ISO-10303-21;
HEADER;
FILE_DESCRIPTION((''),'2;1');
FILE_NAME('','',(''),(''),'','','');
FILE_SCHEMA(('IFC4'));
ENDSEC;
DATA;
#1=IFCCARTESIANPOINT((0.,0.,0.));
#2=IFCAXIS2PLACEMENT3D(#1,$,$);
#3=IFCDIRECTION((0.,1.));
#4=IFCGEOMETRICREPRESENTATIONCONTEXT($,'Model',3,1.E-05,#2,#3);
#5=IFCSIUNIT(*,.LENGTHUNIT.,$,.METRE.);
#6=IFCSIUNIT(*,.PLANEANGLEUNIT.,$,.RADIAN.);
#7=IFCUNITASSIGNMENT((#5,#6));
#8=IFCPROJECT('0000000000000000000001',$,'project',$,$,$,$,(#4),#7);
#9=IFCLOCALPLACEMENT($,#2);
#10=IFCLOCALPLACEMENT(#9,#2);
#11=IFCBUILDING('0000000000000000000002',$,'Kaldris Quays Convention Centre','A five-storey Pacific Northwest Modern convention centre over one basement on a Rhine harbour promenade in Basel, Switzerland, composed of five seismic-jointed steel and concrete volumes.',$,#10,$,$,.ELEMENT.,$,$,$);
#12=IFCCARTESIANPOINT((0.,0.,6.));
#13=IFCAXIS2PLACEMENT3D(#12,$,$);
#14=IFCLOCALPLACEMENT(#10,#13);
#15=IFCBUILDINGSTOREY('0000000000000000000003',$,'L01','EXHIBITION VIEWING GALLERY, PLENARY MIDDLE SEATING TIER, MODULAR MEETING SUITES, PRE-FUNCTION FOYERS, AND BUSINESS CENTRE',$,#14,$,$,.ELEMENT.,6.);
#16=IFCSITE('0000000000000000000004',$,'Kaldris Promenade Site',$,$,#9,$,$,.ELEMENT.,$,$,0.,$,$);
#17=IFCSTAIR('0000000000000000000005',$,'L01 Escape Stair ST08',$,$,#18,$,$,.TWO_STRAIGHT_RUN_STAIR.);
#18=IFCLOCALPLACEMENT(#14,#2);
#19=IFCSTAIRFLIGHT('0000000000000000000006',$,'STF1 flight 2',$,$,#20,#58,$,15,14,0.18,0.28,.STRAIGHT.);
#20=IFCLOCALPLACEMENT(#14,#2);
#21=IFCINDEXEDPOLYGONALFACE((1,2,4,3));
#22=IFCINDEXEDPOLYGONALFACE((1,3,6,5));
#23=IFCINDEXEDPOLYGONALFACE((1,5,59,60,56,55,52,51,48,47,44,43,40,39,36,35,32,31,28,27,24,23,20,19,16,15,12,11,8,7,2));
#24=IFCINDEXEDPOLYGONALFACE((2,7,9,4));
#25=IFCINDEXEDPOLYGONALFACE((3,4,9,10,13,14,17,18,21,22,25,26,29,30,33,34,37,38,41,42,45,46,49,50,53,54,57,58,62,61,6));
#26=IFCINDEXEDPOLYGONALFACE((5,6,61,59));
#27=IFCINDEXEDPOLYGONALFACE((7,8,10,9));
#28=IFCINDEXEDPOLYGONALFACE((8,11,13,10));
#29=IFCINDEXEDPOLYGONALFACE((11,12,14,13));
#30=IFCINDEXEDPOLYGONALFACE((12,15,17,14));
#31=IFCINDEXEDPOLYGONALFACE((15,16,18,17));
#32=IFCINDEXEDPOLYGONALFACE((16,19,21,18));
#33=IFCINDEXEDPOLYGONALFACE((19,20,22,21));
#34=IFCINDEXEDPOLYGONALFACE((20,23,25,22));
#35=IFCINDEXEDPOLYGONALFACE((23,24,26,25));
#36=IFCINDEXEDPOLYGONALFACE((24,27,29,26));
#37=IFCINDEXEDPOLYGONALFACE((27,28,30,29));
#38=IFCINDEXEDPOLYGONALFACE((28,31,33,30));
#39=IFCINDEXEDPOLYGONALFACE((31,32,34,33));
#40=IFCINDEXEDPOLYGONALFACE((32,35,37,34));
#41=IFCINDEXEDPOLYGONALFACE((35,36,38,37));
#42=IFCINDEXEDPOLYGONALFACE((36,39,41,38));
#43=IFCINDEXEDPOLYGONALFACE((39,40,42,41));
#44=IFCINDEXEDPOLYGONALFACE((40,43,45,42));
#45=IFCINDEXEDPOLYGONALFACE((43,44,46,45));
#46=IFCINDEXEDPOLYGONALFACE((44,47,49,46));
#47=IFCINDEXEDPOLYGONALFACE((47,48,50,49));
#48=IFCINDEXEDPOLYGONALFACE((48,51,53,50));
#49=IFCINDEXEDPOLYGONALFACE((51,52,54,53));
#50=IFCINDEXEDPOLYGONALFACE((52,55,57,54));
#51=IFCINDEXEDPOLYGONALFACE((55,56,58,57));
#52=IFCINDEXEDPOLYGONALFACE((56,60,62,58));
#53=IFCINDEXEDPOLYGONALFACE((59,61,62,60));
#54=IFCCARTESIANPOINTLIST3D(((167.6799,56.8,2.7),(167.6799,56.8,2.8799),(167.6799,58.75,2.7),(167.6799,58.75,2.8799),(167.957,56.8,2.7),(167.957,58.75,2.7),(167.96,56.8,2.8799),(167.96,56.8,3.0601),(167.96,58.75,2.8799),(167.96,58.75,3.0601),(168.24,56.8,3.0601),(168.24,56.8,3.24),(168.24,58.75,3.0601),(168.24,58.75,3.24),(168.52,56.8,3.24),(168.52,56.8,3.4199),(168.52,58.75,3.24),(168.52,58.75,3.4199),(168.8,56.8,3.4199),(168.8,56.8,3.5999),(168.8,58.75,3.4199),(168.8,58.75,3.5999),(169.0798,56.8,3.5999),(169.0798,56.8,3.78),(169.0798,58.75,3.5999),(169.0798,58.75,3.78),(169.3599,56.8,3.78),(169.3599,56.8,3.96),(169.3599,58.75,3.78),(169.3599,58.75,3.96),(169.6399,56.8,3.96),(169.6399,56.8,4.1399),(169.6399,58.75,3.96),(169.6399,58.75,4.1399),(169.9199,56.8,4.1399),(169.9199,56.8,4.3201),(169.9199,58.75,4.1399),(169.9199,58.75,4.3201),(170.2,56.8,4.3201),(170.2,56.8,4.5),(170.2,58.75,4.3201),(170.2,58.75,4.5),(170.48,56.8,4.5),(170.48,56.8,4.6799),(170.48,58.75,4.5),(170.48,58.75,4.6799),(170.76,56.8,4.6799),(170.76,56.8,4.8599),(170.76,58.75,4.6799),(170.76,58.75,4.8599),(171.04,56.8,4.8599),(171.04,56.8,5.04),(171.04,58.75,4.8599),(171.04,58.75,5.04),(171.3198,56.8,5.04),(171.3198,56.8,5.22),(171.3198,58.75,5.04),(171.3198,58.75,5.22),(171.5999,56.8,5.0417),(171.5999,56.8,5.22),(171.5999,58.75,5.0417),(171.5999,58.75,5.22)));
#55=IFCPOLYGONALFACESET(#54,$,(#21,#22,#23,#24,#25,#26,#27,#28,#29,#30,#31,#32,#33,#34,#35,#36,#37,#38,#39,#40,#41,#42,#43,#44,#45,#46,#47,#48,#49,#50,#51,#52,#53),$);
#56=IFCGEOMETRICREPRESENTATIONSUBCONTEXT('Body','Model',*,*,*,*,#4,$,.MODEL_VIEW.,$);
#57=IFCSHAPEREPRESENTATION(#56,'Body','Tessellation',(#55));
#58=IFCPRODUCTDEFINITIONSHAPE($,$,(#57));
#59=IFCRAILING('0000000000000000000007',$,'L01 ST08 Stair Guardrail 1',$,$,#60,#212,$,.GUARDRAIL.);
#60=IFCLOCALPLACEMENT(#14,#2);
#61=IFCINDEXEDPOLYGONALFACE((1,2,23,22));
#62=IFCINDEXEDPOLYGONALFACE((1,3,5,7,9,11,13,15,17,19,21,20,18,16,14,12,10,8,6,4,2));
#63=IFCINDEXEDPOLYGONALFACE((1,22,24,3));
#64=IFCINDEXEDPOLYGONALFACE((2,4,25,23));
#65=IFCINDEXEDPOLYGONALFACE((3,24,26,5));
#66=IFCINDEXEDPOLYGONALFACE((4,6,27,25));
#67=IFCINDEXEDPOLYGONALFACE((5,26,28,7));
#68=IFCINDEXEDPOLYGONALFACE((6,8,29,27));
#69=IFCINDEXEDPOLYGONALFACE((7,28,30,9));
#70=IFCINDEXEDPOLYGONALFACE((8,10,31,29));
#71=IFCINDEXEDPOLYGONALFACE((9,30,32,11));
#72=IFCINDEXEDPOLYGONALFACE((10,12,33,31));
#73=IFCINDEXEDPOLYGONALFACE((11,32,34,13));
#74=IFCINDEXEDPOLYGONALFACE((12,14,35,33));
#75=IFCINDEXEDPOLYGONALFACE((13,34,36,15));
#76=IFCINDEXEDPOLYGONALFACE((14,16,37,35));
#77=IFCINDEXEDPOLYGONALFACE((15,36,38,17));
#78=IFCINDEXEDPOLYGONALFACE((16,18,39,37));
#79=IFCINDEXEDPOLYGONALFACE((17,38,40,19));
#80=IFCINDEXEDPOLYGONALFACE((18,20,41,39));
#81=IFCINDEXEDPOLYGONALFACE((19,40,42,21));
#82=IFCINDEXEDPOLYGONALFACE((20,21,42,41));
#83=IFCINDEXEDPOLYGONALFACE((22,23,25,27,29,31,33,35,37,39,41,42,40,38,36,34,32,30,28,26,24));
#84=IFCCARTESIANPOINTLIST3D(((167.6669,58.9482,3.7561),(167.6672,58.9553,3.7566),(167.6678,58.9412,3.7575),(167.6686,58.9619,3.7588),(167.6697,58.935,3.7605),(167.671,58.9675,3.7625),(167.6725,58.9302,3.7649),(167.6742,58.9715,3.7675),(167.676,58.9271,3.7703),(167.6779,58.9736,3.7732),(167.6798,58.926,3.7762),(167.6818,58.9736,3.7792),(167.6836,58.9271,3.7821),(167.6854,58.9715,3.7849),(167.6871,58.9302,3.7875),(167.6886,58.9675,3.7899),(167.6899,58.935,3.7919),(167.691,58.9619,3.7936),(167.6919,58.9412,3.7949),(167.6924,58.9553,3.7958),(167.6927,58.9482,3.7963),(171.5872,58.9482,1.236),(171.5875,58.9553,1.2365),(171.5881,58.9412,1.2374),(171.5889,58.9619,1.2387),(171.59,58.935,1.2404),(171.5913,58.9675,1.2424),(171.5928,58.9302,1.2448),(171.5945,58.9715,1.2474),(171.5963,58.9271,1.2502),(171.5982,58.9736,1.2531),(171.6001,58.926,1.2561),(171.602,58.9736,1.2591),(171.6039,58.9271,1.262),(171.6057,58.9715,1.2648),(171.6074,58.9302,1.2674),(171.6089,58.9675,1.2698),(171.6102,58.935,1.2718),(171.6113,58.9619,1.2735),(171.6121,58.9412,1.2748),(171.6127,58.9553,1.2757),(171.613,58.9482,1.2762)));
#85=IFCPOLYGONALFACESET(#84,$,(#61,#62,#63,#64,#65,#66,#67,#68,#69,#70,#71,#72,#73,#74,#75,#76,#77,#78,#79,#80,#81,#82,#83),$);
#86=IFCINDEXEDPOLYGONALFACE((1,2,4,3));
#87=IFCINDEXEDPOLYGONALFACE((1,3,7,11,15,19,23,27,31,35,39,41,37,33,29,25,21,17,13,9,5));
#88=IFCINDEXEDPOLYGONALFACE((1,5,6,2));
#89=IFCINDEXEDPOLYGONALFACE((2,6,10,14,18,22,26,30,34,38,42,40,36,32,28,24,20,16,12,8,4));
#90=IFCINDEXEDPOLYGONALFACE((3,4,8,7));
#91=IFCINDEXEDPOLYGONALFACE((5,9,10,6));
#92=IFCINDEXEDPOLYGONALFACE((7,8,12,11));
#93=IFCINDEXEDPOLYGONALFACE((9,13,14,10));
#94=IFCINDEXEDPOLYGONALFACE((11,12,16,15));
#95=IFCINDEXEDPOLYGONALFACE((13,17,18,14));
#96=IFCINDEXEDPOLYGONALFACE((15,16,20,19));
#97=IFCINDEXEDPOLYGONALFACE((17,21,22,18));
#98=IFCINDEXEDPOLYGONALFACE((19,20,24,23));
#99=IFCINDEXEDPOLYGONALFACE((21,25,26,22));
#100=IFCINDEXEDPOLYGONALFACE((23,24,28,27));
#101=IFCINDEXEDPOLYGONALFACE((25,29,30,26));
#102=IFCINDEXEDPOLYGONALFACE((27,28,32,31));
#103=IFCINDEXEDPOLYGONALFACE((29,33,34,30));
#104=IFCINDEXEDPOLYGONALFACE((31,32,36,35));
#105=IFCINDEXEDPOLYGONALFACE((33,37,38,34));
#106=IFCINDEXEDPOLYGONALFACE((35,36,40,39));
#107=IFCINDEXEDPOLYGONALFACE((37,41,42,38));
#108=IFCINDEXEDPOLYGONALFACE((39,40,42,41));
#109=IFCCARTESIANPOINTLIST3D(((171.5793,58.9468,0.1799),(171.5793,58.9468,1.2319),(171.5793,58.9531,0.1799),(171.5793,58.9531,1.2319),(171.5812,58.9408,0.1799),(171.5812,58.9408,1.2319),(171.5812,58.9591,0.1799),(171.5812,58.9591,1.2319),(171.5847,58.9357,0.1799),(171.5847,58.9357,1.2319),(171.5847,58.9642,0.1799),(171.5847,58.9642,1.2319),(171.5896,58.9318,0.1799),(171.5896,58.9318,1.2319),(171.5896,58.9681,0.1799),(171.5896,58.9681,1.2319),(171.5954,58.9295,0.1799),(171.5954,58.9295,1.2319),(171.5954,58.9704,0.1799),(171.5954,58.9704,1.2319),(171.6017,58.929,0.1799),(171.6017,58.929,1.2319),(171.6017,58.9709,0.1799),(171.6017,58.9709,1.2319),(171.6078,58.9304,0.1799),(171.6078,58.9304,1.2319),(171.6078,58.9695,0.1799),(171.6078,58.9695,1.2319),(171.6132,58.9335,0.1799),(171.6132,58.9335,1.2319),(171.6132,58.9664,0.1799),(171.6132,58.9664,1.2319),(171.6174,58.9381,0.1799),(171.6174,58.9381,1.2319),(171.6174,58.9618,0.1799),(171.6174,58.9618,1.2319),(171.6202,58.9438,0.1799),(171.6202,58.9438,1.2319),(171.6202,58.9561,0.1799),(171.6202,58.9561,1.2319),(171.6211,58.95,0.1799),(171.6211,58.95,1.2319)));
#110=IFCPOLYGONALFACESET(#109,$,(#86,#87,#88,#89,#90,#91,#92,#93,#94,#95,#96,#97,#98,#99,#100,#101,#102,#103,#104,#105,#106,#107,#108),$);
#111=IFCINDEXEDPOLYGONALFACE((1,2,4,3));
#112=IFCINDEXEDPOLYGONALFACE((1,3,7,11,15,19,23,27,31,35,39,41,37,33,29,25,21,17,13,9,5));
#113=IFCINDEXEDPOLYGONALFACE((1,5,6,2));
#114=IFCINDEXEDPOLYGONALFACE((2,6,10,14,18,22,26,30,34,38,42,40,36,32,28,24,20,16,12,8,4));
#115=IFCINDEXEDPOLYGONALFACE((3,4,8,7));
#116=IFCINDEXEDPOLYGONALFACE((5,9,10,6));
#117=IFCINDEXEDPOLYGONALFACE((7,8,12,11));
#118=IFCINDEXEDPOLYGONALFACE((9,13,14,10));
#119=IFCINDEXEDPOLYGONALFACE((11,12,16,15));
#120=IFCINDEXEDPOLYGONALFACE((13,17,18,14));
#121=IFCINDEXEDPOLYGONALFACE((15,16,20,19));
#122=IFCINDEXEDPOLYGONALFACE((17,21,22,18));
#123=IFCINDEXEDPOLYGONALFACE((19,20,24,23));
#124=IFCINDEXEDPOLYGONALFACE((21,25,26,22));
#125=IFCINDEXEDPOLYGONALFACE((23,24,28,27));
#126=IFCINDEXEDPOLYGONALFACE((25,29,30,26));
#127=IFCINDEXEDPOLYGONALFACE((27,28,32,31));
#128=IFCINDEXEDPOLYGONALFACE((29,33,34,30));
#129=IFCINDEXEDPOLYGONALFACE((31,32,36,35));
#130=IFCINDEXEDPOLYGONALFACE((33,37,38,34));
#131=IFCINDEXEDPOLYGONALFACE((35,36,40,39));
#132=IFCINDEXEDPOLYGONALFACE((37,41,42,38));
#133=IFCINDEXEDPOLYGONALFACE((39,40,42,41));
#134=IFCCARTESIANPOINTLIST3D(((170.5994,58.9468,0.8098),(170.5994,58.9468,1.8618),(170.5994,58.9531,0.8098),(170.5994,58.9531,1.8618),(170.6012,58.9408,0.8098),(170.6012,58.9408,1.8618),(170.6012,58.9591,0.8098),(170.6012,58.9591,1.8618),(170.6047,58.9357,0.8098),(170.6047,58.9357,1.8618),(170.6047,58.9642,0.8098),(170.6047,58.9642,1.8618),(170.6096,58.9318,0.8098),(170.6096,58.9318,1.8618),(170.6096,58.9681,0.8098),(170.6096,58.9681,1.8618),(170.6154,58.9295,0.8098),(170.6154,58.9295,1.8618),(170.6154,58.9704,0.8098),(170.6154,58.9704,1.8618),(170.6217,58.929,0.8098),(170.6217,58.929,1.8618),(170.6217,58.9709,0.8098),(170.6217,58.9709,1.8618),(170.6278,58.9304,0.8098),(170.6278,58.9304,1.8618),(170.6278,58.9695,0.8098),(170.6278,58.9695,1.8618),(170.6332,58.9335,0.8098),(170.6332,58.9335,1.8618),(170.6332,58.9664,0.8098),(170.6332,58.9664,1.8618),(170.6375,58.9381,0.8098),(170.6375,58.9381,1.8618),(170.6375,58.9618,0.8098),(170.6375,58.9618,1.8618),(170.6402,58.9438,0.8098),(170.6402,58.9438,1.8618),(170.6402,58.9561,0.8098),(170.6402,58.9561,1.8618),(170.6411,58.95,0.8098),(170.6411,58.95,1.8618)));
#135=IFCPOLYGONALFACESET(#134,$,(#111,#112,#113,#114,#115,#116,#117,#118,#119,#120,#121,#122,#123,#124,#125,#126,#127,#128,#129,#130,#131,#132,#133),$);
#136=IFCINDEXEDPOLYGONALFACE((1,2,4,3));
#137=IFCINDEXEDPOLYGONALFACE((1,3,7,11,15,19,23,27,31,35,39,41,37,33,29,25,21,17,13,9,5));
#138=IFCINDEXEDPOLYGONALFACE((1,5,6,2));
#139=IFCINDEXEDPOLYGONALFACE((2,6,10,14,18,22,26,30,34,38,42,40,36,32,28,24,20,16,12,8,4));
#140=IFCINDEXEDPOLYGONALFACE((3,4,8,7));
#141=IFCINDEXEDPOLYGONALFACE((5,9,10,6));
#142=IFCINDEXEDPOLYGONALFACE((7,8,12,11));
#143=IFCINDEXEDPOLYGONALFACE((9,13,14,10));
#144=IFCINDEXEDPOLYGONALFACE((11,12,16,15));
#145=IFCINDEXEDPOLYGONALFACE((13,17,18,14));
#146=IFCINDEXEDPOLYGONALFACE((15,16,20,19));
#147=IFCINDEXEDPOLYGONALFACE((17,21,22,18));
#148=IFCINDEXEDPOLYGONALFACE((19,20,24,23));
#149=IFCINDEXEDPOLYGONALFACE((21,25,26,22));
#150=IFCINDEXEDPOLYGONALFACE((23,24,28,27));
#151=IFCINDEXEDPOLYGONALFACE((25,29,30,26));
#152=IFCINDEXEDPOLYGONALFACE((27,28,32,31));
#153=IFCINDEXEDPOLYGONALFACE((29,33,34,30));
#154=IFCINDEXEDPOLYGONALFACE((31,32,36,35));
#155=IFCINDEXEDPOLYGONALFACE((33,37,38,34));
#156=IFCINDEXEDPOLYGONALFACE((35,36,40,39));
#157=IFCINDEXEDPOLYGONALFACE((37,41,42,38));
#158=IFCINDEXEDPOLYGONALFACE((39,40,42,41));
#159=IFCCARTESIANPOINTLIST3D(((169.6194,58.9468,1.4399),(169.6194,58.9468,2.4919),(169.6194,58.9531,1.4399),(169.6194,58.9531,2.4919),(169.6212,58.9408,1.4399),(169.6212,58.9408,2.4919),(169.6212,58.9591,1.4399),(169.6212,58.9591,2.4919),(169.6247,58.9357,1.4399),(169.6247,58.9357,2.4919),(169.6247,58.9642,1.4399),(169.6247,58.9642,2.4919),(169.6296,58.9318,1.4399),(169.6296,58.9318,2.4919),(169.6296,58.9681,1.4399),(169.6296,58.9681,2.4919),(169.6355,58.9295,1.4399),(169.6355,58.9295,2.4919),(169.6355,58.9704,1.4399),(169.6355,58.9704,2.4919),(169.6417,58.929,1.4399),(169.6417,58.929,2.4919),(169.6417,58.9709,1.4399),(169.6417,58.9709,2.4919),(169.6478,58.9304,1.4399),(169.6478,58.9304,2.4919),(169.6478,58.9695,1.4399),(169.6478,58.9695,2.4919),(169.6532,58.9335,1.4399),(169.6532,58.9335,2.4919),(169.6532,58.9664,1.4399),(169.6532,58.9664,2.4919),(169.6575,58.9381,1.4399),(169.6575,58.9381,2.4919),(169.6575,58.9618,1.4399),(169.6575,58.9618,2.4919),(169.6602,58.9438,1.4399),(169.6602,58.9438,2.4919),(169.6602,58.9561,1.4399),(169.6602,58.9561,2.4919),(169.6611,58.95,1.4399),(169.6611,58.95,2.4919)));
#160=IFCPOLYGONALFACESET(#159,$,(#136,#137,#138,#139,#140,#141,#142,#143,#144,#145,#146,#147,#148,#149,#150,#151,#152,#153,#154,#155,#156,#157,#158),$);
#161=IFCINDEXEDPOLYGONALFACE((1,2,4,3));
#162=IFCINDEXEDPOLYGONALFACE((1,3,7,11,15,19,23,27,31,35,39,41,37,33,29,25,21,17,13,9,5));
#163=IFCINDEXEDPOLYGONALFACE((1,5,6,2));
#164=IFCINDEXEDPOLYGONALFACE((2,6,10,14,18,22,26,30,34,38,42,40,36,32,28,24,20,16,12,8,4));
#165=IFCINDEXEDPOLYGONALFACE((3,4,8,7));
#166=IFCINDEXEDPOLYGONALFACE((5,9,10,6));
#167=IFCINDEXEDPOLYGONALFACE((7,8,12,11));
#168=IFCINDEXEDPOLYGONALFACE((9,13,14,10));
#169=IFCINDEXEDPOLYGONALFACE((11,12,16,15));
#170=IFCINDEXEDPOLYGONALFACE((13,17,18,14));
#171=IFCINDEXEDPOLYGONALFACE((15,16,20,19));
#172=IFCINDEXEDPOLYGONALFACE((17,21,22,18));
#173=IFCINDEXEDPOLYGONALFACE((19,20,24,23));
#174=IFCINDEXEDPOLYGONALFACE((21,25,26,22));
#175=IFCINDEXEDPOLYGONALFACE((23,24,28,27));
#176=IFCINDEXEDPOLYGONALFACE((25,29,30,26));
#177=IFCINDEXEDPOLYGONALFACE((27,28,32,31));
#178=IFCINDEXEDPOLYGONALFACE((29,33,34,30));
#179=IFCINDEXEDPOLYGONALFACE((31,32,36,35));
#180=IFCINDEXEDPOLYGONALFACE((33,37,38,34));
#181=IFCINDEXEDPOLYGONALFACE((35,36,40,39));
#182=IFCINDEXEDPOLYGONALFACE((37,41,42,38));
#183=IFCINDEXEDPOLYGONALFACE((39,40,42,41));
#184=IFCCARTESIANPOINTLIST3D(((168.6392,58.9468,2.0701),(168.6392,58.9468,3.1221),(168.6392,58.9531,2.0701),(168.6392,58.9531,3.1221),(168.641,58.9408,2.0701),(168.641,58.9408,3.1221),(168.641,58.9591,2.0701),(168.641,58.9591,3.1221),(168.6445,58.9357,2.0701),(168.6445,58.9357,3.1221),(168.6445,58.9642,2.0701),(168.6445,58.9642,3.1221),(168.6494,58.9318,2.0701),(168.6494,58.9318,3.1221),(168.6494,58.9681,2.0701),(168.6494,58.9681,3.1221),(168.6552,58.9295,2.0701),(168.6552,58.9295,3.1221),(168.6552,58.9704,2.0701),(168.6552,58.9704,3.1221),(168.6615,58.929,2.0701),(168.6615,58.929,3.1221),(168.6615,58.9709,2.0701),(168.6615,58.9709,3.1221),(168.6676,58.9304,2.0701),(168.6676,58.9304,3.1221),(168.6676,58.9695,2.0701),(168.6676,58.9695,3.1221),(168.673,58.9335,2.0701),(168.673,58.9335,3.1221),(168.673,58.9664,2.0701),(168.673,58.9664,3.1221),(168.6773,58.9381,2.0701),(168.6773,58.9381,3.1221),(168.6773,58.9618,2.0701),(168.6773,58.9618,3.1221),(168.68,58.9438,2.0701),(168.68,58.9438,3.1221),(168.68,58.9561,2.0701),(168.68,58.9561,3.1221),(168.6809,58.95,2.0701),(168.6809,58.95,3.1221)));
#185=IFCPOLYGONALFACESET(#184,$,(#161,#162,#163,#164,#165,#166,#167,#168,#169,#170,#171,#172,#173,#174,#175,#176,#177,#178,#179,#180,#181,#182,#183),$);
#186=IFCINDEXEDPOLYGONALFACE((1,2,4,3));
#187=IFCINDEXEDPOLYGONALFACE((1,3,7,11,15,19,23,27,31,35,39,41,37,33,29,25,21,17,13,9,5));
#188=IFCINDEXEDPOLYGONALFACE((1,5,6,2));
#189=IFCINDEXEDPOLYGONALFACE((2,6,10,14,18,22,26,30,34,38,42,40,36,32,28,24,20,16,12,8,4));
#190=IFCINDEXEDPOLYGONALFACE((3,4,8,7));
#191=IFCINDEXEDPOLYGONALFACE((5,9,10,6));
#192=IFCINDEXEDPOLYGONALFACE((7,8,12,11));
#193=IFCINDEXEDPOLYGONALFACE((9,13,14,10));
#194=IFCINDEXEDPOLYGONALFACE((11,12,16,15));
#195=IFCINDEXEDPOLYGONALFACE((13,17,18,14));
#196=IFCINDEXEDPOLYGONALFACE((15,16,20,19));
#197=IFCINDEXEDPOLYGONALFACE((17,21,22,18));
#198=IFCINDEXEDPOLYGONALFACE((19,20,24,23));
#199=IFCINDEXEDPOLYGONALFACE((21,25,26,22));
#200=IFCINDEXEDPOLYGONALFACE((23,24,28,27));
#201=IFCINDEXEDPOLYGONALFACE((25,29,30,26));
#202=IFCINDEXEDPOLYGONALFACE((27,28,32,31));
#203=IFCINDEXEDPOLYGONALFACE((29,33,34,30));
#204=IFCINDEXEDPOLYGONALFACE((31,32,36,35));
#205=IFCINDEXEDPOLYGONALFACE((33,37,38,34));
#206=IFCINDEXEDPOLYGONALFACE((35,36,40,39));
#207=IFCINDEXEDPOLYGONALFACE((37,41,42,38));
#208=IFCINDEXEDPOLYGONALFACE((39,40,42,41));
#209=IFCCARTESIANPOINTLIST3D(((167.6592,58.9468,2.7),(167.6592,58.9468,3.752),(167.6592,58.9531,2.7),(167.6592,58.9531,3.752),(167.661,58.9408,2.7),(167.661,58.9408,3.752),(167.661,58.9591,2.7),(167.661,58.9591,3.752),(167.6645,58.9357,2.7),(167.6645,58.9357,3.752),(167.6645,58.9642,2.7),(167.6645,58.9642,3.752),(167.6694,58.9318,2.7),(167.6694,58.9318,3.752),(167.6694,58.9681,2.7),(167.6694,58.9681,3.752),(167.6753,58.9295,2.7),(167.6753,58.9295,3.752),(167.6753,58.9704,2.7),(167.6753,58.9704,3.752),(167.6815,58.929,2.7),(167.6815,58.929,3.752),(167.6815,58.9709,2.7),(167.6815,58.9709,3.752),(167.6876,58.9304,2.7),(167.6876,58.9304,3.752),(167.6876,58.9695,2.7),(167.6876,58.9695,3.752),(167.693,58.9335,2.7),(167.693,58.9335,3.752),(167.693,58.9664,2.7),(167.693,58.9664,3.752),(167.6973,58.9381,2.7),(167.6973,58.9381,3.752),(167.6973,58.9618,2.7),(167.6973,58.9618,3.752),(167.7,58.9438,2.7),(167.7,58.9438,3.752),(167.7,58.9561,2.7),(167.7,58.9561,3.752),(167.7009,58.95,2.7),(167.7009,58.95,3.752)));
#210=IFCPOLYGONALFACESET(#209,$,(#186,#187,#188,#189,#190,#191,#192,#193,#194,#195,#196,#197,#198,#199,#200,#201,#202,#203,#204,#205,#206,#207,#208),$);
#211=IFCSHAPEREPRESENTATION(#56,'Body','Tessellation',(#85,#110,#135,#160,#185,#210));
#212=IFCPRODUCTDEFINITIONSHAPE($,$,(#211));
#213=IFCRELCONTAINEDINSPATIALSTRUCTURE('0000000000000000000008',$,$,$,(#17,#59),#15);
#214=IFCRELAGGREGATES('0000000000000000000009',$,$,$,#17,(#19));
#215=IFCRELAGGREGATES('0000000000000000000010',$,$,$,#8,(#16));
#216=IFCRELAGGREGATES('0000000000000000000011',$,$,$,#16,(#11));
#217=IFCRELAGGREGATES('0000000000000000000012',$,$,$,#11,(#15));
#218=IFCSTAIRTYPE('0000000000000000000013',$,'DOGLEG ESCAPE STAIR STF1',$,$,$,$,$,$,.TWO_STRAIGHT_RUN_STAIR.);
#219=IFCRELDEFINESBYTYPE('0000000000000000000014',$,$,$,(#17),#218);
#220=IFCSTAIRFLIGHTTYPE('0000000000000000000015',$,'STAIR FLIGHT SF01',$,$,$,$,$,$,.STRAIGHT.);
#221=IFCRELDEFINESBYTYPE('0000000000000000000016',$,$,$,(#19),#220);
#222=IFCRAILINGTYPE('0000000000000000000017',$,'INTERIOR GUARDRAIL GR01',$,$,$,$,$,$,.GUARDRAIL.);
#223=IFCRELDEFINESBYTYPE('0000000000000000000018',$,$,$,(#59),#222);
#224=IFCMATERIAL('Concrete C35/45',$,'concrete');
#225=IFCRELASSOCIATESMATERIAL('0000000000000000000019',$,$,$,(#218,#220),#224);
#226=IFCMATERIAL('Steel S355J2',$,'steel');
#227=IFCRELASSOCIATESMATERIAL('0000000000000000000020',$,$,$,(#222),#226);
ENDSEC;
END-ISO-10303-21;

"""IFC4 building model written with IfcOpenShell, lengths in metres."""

from ifc_helpers import new_model, si_unit, direction, frame, origin, origin_2d, place, context, subcontext, project, spatial, polyline, circle, outline, extrude, material, type_object, element, aggregate, save


model = new_model("IFC4")

# Units and contexts
model_context = context("Model", 3, precision=1e-05, world=origin(), true_north=direction((0.0, 1.0)))
body_context = subcontext(model_context, "Body", "Model", "MODEL_VIEW")
ifc_project = project(units=[si_unit("LENGTHUNIT", "METRE"), si_unit("PLANEANGLEUNIT", "RADIAN")], contexts=[model_context])

# Site, building, storey
site_placement = place(None, origin())
site = spatial("IfcSite", under=ifc_project, at=site_placement, Name="Kaldris Promenade Site", CompositionType="ELEMENT", RefElevation=0.0)
building_placement = place(site_placement, origin())
building = spatial("IfcBuilding", under=site, at=building_placement, Name="Kaldris Quays Convention Centre", Description="A five-storey Pacific Northwest Modern convention centre over one basement on a Rhine harbour promenade in Basel, Switzerland, composed of five seismic-jointed steel and concrete volumes.", CompositionType="ELEMENT")
storey_placement = place(building_placement, frame((0.0, 0.0, 6.0)))
storey = spatial("IfcBuildingStorey", under=building, at=storey_placement, Name="L01", Description="EXHIBITION VIEWING GALLERY, PLENARY MIDDLE SEATING TIER, MODULAR MEETING SUITES, PRE-FUNCTION FOYERS, AND BUSINESS CENTRE", CompositionType="ELEMENT", Elevation=6.0)

# Shared definitions
ifc_material_1 = material(Name="Steel S355J2", Category="steel")

# Stair, stair flight
ifc_material_2 = material(Name="Concrete C35/45", Category="concrete")
stair_type = type_object("IfcStairType", Name="DOGLEG ESCAPE STAIR STF1", PredefinedType="TWO_STRAIGHT_RUN_STAIR", material=ifc_material_2)
stair_placement = place(storey_placement, origin())
stair = element("IfcStair", 1, at=stair_placement, inside=storey, type_object=stair_type, Name="L01 Escape Stair ST08", PredefinedType="TWO_STRAIGHT_RUN_STAIR")
stair_flight_type = type_object("IfcStairFlightType", Name="STAIR FLIGHT SF01", PredefinedType="STRAIGHT", material=ifc_material_2)
stair_flight_1_placement = place(storey_placement, frame((167.6799, 57.7749, 2.7), z_axis=(0.0, 0.0, 1.0), x_axis=(1.0, 0.0, 0.0)))
stair_flight_1 = element("IfcStairFlight", 2, at=stair_flight_1_placement, type_object=stair_flight_type, Name="STF1 flight 2", NumberOfRisers=15, NumberOfTreads=14, PredefinedType="STRAIGHT", RiserHeight=0.18, TreadLength=0.28, context=body_context, shape_type="SweptSolid", body=[
    extrude(outline(polyline([(0.0, 0.0), (0.0, 0.1799), (0.28, 0.1799), (0.28, 0.3601), (0.5601, 0.3601), (0.5601, 0.54), (0.8401, 0.54), (0.8401, 0.72), (1.1201, 0.72), (1.1201, 0.8999), (1.3999, 0.8999), (1.3999, 1.0801), (1.6799, 1.0801), (1.6799, 1.26), (1.96, 1.26), (1.96, 1.4399), (2.24, 1.4399), (2.24, 1.6201), (2.52, 1.6201), (2.52, 1.8), (2.8, 1.8), (2.8, 1.98), (3.0801, 1.98), (3.0801, 2.1599), (3.3601, 2.1599), (3.3601, 2.3401), (3.6399, 2.3401), (3.6399, 2.52), (3.9199, 2.52), (3.9199, 2.7), (3.9199, 2.3418), (0.2771, 0.0), (0.0, 0.0)])), frame((0.0, 0.9751, 0.0), z_axis=(0.0, -1.0, 0.0), x_axis=(1.0, 0.0, 0.0)), (0.0, 0.0, 1.0), 1.95),
])
aggregate(stair, [stair_flight_1])

# Railing
railing_type_1 = type_object("IfcRailingType", Name="INTERIOR GUARDRAIL GR01", PredefinedType="GUARDRAIL", material=ifc_material_1)
railing_1_placement = place(storey_placement, frame((171.6001, 58.95, 0.1799)))
element("IfcRailing", 3, at=railing_1_placement, inside=storey, type_object=railing_type_1, Name="L01 ST08 Stair Guardrail 1", PredefinedType="GUARDRAIL", context=body_context, shape_type="SweptSolid", body=[
    extrude(circle(Radius=0.0239, at=origin_2d()), frame((0.0, 0.0, 1.0762), z_axis=(-0.841187, 0.0, 0.540744), x_axis=(0.0, -1.0, 0.0)), (0.0, 0.0, 1.0), 4.6604),
    extrude(circle(Radius=0.021, at=origin_2d()), origin(), (0.0, 0.0, 1.0), 1.052),
    extrude(circle(Radius=0.021, at=origin_2d()), frame((-0.98, 0.0, 0.6299)), (0.0, 0.0, 1.0), 1.052),
    extrude(circle(Radius=0.021, at=origin_2d()), frame((-1.96, 0.0, 1.26)), (0.0, 0.0, 1.0), 1.052),
    extrude(circle(Radius=0.021, at=origin_2d()), frame((-2.9402, 0.0, 1.8901)), (0.0, 0.0, 1.0), 1.052),
    extrude(circle(Radius=0.021, at=origin_2d()), frame((-3.9202, 0.0, 2.52)), (0.0, 0.0, 1.0), 1.052),
])

save(model, "model.ifc")
